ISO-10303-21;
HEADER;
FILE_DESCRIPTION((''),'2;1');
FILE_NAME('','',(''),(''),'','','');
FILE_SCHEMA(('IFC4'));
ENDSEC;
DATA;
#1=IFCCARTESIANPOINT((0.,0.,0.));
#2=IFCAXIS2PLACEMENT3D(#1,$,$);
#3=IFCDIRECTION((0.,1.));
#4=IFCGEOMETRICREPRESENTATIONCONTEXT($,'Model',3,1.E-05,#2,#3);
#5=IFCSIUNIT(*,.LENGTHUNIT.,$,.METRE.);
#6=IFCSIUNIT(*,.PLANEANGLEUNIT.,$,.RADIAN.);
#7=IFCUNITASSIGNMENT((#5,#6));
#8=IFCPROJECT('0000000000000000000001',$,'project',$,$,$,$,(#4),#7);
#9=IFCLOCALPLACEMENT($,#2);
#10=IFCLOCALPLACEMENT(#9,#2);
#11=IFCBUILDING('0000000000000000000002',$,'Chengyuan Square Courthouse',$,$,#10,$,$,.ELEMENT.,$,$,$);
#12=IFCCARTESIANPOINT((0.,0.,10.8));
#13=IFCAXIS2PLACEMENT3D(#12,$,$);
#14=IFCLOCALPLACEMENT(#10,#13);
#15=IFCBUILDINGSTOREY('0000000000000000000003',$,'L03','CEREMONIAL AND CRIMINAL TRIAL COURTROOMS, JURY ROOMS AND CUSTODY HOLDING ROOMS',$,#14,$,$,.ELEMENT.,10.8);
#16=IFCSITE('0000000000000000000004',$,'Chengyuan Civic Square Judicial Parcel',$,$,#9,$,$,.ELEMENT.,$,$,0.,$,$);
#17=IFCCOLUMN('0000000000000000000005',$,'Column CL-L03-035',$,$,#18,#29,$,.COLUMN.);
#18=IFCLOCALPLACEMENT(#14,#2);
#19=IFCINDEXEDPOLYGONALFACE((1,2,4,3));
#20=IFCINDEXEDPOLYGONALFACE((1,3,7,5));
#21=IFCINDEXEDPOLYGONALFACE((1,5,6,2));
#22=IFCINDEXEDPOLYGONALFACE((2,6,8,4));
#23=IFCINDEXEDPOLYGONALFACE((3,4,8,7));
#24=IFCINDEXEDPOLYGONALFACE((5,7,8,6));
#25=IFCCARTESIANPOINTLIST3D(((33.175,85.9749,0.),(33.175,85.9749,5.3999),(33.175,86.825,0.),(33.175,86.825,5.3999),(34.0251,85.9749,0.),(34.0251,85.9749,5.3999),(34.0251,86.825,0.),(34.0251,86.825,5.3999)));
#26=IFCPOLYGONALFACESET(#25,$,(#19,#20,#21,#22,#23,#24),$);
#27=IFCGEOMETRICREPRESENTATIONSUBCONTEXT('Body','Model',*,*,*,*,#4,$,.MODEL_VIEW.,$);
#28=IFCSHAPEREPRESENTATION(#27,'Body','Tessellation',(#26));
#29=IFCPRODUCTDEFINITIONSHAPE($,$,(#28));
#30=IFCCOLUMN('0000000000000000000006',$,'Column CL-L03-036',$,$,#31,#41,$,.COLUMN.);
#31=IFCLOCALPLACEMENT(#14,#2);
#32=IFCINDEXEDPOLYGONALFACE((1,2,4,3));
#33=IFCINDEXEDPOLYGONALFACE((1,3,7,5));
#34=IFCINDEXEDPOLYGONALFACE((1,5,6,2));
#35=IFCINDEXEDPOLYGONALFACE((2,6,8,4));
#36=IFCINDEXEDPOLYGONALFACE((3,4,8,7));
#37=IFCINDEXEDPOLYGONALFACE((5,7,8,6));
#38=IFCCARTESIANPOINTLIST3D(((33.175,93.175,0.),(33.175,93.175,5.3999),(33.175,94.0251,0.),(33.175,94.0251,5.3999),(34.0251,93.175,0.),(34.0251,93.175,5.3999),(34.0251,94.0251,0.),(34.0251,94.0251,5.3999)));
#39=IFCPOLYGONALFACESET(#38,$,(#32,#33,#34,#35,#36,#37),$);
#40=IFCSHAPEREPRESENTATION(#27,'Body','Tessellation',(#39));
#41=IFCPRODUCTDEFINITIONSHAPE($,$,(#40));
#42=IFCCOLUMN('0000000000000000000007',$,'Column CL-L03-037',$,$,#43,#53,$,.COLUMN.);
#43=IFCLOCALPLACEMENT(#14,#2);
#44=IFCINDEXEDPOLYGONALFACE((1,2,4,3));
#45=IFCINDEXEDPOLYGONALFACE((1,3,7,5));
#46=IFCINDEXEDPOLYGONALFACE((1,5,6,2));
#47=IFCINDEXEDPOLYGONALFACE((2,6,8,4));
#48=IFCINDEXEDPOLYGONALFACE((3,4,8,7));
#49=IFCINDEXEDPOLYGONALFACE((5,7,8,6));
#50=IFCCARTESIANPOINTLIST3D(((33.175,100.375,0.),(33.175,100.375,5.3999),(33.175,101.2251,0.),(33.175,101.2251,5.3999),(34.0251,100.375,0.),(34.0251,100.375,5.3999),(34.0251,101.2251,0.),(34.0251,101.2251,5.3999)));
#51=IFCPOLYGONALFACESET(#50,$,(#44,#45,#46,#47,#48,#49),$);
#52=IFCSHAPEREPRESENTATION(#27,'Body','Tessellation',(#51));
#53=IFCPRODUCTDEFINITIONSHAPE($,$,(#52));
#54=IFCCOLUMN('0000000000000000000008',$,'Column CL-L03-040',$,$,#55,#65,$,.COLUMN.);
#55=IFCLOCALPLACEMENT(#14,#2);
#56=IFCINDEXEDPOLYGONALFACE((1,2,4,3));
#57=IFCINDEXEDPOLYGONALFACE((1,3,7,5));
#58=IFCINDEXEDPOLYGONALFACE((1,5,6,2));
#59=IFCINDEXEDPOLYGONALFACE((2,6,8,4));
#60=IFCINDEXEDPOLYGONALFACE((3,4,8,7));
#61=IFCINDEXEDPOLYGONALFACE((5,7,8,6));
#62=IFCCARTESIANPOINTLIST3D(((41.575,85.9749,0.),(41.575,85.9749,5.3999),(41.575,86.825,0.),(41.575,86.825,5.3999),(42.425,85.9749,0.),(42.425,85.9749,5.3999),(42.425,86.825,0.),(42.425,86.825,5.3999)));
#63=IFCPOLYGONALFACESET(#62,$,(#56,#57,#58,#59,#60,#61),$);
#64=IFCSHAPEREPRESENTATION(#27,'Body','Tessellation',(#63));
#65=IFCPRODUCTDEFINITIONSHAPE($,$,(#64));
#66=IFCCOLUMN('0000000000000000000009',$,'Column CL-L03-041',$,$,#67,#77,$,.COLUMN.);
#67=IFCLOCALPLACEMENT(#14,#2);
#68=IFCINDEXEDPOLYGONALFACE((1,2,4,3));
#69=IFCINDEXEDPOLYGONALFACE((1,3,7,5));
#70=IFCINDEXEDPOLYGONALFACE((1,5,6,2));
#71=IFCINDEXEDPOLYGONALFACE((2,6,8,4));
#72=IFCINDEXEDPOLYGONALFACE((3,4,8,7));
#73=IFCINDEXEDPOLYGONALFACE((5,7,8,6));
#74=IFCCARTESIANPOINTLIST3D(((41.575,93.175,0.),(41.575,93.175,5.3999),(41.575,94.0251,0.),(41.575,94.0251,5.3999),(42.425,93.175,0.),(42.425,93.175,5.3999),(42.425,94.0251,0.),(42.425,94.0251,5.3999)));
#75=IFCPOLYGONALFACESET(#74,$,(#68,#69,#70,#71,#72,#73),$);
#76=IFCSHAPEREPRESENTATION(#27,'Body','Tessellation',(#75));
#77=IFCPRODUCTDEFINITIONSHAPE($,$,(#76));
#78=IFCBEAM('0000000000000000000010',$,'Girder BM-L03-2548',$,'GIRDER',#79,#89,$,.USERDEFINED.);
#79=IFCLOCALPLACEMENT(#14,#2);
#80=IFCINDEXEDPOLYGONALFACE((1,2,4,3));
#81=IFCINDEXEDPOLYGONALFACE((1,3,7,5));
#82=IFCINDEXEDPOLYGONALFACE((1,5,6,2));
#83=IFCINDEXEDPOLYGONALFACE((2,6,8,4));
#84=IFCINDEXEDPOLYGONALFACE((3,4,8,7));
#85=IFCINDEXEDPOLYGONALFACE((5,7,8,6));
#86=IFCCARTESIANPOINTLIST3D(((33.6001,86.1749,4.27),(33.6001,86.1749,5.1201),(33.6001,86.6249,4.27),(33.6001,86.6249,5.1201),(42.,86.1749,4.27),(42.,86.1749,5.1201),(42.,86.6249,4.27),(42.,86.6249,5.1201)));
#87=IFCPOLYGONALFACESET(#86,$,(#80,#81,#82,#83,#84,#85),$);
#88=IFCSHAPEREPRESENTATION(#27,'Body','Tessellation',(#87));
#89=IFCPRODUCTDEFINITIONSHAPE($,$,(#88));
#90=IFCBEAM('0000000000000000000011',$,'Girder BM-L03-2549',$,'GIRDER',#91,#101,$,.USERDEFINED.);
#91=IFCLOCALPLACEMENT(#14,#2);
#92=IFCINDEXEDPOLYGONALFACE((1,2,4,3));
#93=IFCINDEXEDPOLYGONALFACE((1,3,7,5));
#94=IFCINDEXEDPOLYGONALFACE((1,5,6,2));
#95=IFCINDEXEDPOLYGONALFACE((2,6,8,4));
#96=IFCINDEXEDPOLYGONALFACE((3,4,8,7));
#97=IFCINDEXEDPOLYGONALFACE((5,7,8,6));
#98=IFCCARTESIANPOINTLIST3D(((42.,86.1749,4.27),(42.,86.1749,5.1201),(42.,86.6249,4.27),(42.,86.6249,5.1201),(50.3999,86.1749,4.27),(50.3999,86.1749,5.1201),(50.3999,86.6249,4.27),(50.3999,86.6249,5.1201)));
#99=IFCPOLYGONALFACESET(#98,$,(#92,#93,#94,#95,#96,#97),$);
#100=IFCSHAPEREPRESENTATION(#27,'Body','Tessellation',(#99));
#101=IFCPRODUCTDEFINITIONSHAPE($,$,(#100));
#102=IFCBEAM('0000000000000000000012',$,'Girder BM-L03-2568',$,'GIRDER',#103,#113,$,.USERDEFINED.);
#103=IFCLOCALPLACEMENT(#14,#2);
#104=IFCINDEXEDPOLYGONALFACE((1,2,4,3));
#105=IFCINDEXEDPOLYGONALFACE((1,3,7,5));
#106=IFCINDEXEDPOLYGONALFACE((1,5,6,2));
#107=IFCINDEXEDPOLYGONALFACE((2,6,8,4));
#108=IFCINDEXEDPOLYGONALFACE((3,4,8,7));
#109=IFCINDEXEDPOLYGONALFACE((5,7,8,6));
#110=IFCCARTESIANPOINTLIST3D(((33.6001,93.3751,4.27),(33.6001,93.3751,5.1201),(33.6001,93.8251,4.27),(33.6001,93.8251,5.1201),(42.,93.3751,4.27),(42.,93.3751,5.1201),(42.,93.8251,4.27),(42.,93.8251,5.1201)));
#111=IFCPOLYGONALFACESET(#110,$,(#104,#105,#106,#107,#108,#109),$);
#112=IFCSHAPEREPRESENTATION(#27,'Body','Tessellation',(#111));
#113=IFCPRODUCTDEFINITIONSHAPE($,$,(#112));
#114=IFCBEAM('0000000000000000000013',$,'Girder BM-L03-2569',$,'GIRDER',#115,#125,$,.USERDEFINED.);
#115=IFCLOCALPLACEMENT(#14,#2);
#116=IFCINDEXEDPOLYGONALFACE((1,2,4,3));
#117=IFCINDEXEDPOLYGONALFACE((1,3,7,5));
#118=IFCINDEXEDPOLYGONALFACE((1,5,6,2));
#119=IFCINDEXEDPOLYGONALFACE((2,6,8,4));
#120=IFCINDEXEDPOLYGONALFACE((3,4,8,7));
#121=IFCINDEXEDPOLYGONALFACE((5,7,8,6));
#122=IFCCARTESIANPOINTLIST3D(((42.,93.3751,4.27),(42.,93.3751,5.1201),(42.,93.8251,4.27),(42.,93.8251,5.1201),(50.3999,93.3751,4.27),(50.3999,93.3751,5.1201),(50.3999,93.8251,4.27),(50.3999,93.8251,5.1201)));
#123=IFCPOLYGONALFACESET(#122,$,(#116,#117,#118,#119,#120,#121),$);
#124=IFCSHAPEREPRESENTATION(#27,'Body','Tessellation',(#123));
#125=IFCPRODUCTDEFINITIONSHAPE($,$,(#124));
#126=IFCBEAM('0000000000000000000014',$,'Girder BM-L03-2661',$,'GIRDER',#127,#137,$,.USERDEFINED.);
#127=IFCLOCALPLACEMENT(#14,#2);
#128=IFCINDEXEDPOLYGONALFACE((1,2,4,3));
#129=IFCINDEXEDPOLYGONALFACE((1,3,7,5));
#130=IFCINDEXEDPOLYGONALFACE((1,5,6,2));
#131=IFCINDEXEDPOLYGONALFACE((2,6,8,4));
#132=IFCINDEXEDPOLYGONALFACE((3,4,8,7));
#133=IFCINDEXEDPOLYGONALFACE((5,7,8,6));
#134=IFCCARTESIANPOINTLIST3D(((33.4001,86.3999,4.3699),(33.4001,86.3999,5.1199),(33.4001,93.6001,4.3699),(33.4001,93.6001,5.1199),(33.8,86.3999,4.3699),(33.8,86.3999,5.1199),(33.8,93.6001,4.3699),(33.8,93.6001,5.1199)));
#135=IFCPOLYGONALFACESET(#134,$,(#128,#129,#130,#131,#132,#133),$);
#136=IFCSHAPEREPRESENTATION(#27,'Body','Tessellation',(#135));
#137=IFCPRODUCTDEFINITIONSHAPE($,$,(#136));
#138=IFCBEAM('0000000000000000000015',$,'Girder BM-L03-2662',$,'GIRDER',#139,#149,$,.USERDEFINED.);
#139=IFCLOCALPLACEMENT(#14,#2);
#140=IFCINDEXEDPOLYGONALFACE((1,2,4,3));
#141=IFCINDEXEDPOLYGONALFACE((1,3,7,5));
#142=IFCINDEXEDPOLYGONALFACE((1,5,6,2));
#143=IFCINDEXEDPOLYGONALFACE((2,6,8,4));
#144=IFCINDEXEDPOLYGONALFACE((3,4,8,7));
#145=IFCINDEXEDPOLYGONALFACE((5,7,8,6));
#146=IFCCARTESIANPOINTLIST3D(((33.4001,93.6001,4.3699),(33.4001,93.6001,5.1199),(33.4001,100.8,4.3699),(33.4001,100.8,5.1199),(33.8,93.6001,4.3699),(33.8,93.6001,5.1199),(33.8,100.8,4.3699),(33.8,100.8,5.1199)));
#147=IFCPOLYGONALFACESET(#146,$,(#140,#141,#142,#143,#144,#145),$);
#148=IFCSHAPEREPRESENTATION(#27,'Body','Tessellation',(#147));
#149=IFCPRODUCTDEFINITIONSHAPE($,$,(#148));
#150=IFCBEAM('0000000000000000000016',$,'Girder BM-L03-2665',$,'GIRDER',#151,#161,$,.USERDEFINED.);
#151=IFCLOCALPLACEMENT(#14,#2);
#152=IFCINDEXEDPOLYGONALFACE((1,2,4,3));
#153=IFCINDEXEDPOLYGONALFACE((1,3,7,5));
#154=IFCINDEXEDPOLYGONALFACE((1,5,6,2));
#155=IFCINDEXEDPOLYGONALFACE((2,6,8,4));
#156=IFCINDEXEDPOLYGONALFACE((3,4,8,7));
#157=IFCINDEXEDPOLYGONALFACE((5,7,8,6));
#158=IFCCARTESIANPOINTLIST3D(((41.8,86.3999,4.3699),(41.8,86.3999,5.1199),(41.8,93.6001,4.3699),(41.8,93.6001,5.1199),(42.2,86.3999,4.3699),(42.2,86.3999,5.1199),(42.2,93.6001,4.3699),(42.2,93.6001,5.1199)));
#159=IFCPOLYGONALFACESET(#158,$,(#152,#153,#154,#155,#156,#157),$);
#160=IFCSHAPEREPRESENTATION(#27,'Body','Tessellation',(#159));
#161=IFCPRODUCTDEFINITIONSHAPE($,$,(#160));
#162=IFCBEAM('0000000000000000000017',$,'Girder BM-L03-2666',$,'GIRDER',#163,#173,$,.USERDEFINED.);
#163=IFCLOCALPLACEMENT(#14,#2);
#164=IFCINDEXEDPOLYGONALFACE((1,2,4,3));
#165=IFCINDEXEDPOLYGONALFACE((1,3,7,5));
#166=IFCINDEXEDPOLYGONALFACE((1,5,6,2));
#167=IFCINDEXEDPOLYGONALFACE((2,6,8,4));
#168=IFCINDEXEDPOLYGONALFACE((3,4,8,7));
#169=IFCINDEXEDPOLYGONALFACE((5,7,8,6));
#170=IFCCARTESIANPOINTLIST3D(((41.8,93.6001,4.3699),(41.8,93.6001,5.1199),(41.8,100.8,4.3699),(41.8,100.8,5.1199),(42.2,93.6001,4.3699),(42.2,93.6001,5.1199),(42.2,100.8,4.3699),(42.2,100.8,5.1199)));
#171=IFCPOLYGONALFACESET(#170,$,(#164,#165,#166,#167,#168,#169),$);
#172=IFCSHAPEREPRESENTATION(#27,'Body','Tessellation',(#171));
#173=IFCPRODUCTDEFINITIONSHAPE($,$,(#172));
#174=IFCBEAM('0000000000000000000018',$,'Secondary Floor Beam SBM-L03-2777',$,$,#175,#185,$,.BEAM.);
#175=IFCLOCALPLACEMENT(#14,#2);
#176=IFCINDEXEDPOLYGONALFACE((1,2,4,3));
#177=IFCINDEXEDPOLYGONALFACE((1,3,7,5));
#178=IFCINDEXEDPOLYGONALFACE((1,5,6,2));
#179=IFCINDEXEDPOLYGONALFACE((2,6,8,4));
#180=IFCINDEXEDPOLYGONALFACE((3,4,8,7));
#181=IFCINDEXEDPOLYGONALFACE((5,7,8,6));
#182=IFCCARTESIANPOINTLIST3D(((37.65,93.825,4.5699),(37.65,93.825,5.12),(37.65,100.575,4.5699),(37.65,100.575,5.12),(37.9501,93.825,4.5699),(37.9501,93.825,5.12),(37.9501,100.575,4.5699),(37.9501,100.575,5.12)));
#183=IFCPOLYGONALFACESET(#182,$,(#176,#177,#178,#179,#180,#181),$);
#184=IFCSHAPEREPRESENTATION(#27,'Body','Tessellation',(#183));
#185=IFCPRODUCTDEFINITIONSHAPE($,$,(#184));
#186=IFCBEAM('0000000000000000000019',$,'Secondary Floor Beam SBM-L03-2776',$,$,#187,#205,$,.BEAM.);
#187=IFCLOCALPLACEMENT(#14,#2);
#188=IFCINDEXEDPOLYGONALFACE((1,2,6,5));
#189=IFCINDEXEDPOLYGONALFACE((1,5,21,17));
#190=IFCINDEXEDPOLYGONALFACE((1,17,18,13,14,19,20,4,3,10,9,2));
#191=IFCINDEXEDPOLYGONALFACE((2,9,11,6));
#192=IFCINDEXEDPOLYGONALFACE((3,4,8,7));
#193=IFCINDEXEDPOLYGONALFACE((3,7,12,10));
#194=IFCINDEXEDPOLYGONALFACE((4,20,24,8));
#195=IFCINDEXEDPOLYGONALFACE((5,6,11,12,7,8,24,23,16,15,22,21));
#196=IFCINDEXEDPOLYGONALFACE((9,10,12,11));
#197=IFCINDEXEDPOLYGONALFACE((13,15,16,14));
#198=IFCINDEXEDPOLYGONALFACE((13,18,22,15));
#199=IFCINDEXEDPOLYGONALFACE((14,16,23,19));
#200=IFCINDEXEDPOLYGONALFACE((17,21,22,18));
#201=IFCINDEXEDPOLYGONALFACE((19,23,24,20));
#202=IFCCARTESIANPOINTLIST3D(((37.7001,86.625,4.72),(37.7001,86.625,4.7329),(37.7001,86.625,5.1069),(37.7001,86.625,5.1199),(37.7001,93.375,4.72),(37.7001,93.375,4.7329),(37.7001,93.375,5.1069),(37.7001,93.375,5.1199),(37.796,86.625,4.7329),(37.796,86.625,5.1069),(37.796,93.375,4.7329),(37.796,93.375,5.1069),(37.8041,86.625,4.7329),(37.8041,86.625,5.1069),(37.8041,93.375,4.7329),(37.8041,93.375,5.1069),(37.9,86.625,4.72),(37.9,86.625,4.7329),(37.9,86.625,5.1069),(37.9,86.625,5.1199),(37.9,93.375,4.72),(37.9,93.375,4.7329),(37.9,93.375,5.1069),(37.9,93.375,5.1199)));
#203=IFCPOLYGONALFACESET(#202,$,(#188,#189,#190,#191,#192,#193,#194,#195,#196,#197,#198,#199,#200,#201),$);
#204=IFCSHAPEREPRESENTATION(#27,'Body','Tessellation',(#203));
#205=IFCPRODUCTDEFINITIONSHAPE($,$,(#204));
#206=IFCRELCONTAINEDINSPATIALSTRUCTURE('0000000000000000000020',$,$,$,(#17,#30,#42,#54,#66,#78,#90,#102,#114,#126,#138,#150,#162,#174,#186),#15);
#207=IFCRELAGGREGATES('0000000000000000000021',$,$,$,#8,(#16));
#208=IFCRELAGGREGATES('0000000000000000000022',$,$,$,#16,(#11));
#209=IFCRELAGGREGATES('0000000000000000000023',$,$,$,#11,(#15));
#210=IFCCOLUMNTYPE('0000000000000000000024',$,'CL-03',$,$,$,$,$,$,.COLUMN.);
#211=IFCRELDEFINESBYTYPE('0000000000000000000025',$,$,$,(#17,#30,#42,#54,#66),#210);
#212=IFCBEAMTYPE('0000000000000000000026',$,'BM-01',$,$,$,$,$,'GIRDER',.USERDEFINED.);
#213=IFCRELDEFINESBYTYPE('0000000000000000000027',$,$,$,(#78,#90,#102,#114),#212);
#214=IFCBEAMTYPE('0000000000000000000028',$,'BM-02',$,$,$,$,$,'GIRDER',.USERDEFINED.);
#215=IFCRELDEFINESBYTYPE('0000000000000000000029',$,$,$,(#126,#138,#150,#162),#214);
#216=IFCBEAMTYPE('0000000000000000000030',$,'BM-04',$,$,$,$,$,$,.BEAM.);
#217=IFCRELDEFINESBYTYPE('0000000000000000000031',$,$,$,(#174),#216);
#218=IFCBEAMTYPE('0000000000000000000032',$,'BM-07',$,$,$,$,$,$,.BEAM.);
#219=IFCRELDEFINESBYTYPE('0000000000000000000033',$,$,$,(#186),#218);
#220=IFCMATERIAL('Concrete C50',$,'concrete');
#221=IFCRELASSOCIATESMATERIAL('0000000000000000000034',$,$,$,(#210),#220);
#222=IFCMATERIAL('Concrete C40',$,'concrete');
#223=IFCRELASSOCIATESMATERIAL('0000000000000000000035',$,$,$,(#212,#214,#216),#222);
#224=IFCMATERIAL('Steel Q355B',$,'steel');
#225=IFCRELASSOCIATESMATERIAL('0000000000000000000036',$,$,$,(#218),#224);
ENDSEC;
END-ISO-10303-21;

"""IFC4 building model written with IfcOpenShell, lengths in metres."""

from ifc_helpers import new_model, si_unit, direction, frame, origin, origin_2d, place, context, subcontext, project, spatial, rectangle, i_section, extrude, material, material_profile, profile_set, type_object, element, save


model = new_model("IFC4")

# Units and contexts
model_context = context("Model", 3, precision=1e-05, world=origin(), true_north=direction((0.0, 1.0)))
body_context = subcontext(model_context, "Body", "Model", "MODEL_VIEW")
ifc_project = project(units=[si_unit("LENGTHUNIT", "METRE"), si_unit("PLANEANGLEUNIT", "RADIAN")], contexts=[model_context])

# Site, building, storey
site_placement = place(None, origin())
site = spatial("IfcSite", under=ifc_project, at=site_placement, Name="Chengyuan Civic Square Judicial Parcel", CompositionType="ELEMENT", RefElevation=0.0)
building_placement = place(site_placement, origin())
building = spatial("IfcBuilding", under=site, at=building_placement, Name="Chengyuan Square Courthouse", CompositionType="ELEMENT")
storey_placement = place(building_placement, frame((0.0, 0.0, 10.8)))
storey = spatial("IfcBuildingStorey", under=building, at=storey_placement, Name="L03", Description="CEREMONIAL AND CRIMINAL TRIAL COURTROOMS, JURY ROOMS AND CUSTODY HOLDING ROOMS", CompositionType="ELEMENT", Elevation=10.8)

# Columns
ifc_material_1 = material(Name="Concrete C50", Category="concrete")
ifc_material_profile_1 = material_profile(ifc_material_1, rectangle(XDim=0.8501, YDim=0.8501, at=origin_2d()), Name="RC-COL-850x850")
ifc_profile_set_1 = profile_set([ifc_material_profile_1], Name="Concrete C50")
column_type = type_object("IfcColumnType", Name="CL-03", PredefinedType="COLUMN", material=ifc_profile_set_1)
for number, where, z_axis, x_axis, name in (
    (1, (33.6001, 86.3999, 0.0), (0.0, 0.0, 1.0), (1.0, 0.0, 0.0), "Column CL-L03-035"),
    (2, (33.6001, 93.6001, 0.0), (0.0, 0.0, 1.0), (1.0, 0.0, 0.0), "Column CL-L03-036"),
    (3, (33.6001, 100.8, 0.0), (0.0, 0.0, 1.0), (1.0, 0.0, 0.0), "Column CL-L03-037"),
    (4, (42.0, 86.3999, 0.0), (0.0, 0.0, 1.0), (1.0, 0.0, 0.0), "Column CL-L03-040"),
    (5, (42.0, 93.6001, 0.0), (0.0, 0.0, 1.0), (1.0, 0.0, 0.0), "Column CL-L03-041"),
):
    element("IfcColumn", number, at=place(storey_placement, frame(where, z_axis=z_axis, x_axis=x_axis)), inside=storey, type_object=column_type, Name=name, PredefinedType="COLUMN", context=body_context, shape_type="SweptSolid", body=[
        extrude(rectangle(XDim=0.8501, YDim=0.8501, at=origin_2d()), origin(), (0.0, 0.0, 1.0), 5.3999),
    ])

# Beams
ifc_material_2 = material(Name="Concrete C40", Category="concrete")
ifc_material_profile_2 = material_profile(ifc_material_2, rectangle(XDim=0.45, YDim=0.8501, at=origin_2d()), Name="RC-BM-450x850")
ifc_profile_set_2 = profile_set([ifc_material_profile_2], Name="Concrete C40")
beam_type_1 = type_object("IfcBeamType", Name="BM-01", ElementType="GIRDER", PredefinedType="USERDEFINED", material=ifc_profile_set_2)
for number, where, z_axis, x_axis, name in (
    (6, (33.6001, 86.3999, 4.6951), (1.0, 0.0, 0.0), (0.0, 1.0, 0.0), "Girder BM-L03-2548"),
    (7, (42.0, 86.3999, 4.6951), (1.0, 0.0, 0.0), (0.0, 1.0, 0.0), "Girder BM-L03-2549"),
    (8, (33.6001, 93.6001, 4.6951), (1.0, 0.0, 0.0), (0.0, 1.0, 0.0), "Girder BM-L03-2568"),
    (9, (42.0, 93.6001, 4.6951), (1.0, 0.0, 0.0), (0.0, 1.0, 0.0), "Girder BM-L03-2569"),
):
    element("IfcBeam", number, at=place(storey_placement, frame(where, z_axis=z_axis, x_axis=x_axis)), inside=storey, type_object=beam_type_1, Name=name, ObjectType="GIRDER", PredefinedType="USERDEFINED", context=body_context, shape_type="SweptSolid", body=[
        extrude(rectangle(XDim=0.45, YDim=0.8501, at=origin_2d()), origin(), (0.0, 0.0, 1.0), 8.3999),
    ])
ifc_material_profile_3 = material_profile(ifc_material_2, rectangle(XDim=0.3999, YDim=0.75, at=origin_2d()), Name="RC-BM-400x750")
ifc_profile_set_3 = profile_set([ifc_material_profile_3], Name="Concrete C40")
beam_type_2 = type_object("IfcBeamType", Name="BM-02", ElementType="GIRDER", PredefinedType="USERDEFINED", material=ifc_profile_set_3)
beam_1_placement = place(storey_placement, frame((33.6001, 86.3999, 4.7449), z_axis=(0.0, 1.0, 0.0), x_axis=(-1.0, 0.0, 0.0)))
element("IfcBeam", 10, at=beam_1_placement, inside=storey, type_object=beam_type_2, Name="Girder BM-L03-2661", ObjectType="GIRDER", PredefinedType="USERDEFINED", context=body_context, shape_type="SweptSolid", body=[
    extrude(rectangle(XDim=0.3999, YDim=0.75, at=origin_2d()), origin(), (0.0, 0.0, 1.0), 7.2002),
])
beam_2_placement = place(storey_placement, frame((33.6001, 93.6001, 4.7449), z_axis=(0.0, 1.0, 0.0), x_axis=(-1.0, 0.0, 0.0)))
element("IfcBeam", 11, at=beam_2_placement, inside=storey, type_object=beam_type_2, Name="Girder BM-L03-2662", ObjectType="GIRDER", PredefinedType="USERDEFINED", context=body_context, shape_type="SweptSolid", body=[
    extrude(rectangle(XDim=0.3999, YDim=0.75, at=origin_2d()), origin(), (0.0, 0.0, 1.0), 7.2),
])
beam_3_placement = place(storey_placement, frame((42.0, 86.3999, 4.7449), z_axis=(0.0, 1.0, 0.0), x_axis=(-1.0, 0.0, 0.0)))
element("IfcBeam", 12, at=beam_3_placement, inside=storey, type_object=beam_type_2, Name="Girder BM-L03-2665", ObjectType="GIRDER", PredefinedType="USERDEFINED", context=body_context, shape_type="SweptSolid", body=[
    extrude(rectangle(XDim=0.3999, YDim=0.75, at=origin_2d()), origin(), (0.0, 0.0, 1.0), 7.2002),
])
beam_4_placement = place(storey_placement, frame((42.0, 93.6001, 4.7449), z_axis=(0.0, 1.0, 0.0), x_axis=(-1.0, 0.0, 0.0)))
element("IfcBeam", 13, at=beam_4_placement, inside=storey, type_object=beam_type_2, Name="Girder BM-L03-2666", ObjectType="GIRDER", PredefinedType="USERDEFINED", context=body_context, shape_type="SweptSolid", body=[
    extrude(rectangle(XDim=0.3999, YDim=0.75, at=origin_2d()), origin(), (0.0, 0.0, 1.0), 7.2),
])
ifc_material_profile_4 = material_profile(ifc_material_2, rectangle(XDim=0.3, YDim=0.55, at=origin_2d()), Name="RC-BM-300x550")
ifc_profile_set_4 = profile_set([ifc_material_profile_4], Name="Concrete C40")
beam_type_3 = type_object("IfcBeamType", Name="BM-04", PredefinedType="BEAM", material=ifc_profile_set_4)
beam_5_placement = place(storey_placement, frame((37.8, 93.825, 4.845), z_axis=(0.0, 1.0, 0.0), x_axis=(-1.0, 0.0, 0.0)))
element("IfcBeam", 14, at=beam_5_placement, inside=storey, type_object=beam_type_3, Name="Secondary Floor Beam SBM-L03-2777", PredefinedType="BEAM", context=body_context, shape_type="SweptSolid", body=[
    extrude(rectangle(XDim=0.3, YDim=0.55, at=origin_2d()), origin(), (0.0, 0.0, 1.0), 6.75),
])
ifc_material_3 = material(Name="Steel Q355B", Category="steel")
ifc_material_profile_5 = material_profile(ifc_material_3, i_section(OverallWidth=0.2, OverallDepth=0.3999, WebThickness=0.0081, FlangeThickness=0.0129, at=origin_2d()), Name="HN 400x200x8x13")
ifc_profile_set_5 = profile_set([ifc_material_profile_5], Name="Steel Q355B")
beam_type_4 = type_object("IfcBeamType", Name="BM-07", PredefinedType="BEAM", material=ifc_profile_set_5)
beam_6_placement = place(storey_placement, frame((37.8, 86.625, 4.9199), z_axis=(0.0, 1.0, 0.0), x_axis=(-1.0, 0.0, 0.0)))
element("IfcBeam", 15, at=beam_6_placement, inside=storey, type_object=beam_type_4, Name="Secondary Floor Beam SBM-L03-2776", PredefinedType="BEAM", context=body_context, shape_type="SweptSolid", body=[
    extrude(i_section(OverallWidth=0.2, OverallDepth=0.3999, WebThickness=0.0081, FlangeThickness=0.0129, at=origin_2d()), origin(), (0.0, 0.0, 1.0), 6.75),
])

save(model, "model.ifc")
